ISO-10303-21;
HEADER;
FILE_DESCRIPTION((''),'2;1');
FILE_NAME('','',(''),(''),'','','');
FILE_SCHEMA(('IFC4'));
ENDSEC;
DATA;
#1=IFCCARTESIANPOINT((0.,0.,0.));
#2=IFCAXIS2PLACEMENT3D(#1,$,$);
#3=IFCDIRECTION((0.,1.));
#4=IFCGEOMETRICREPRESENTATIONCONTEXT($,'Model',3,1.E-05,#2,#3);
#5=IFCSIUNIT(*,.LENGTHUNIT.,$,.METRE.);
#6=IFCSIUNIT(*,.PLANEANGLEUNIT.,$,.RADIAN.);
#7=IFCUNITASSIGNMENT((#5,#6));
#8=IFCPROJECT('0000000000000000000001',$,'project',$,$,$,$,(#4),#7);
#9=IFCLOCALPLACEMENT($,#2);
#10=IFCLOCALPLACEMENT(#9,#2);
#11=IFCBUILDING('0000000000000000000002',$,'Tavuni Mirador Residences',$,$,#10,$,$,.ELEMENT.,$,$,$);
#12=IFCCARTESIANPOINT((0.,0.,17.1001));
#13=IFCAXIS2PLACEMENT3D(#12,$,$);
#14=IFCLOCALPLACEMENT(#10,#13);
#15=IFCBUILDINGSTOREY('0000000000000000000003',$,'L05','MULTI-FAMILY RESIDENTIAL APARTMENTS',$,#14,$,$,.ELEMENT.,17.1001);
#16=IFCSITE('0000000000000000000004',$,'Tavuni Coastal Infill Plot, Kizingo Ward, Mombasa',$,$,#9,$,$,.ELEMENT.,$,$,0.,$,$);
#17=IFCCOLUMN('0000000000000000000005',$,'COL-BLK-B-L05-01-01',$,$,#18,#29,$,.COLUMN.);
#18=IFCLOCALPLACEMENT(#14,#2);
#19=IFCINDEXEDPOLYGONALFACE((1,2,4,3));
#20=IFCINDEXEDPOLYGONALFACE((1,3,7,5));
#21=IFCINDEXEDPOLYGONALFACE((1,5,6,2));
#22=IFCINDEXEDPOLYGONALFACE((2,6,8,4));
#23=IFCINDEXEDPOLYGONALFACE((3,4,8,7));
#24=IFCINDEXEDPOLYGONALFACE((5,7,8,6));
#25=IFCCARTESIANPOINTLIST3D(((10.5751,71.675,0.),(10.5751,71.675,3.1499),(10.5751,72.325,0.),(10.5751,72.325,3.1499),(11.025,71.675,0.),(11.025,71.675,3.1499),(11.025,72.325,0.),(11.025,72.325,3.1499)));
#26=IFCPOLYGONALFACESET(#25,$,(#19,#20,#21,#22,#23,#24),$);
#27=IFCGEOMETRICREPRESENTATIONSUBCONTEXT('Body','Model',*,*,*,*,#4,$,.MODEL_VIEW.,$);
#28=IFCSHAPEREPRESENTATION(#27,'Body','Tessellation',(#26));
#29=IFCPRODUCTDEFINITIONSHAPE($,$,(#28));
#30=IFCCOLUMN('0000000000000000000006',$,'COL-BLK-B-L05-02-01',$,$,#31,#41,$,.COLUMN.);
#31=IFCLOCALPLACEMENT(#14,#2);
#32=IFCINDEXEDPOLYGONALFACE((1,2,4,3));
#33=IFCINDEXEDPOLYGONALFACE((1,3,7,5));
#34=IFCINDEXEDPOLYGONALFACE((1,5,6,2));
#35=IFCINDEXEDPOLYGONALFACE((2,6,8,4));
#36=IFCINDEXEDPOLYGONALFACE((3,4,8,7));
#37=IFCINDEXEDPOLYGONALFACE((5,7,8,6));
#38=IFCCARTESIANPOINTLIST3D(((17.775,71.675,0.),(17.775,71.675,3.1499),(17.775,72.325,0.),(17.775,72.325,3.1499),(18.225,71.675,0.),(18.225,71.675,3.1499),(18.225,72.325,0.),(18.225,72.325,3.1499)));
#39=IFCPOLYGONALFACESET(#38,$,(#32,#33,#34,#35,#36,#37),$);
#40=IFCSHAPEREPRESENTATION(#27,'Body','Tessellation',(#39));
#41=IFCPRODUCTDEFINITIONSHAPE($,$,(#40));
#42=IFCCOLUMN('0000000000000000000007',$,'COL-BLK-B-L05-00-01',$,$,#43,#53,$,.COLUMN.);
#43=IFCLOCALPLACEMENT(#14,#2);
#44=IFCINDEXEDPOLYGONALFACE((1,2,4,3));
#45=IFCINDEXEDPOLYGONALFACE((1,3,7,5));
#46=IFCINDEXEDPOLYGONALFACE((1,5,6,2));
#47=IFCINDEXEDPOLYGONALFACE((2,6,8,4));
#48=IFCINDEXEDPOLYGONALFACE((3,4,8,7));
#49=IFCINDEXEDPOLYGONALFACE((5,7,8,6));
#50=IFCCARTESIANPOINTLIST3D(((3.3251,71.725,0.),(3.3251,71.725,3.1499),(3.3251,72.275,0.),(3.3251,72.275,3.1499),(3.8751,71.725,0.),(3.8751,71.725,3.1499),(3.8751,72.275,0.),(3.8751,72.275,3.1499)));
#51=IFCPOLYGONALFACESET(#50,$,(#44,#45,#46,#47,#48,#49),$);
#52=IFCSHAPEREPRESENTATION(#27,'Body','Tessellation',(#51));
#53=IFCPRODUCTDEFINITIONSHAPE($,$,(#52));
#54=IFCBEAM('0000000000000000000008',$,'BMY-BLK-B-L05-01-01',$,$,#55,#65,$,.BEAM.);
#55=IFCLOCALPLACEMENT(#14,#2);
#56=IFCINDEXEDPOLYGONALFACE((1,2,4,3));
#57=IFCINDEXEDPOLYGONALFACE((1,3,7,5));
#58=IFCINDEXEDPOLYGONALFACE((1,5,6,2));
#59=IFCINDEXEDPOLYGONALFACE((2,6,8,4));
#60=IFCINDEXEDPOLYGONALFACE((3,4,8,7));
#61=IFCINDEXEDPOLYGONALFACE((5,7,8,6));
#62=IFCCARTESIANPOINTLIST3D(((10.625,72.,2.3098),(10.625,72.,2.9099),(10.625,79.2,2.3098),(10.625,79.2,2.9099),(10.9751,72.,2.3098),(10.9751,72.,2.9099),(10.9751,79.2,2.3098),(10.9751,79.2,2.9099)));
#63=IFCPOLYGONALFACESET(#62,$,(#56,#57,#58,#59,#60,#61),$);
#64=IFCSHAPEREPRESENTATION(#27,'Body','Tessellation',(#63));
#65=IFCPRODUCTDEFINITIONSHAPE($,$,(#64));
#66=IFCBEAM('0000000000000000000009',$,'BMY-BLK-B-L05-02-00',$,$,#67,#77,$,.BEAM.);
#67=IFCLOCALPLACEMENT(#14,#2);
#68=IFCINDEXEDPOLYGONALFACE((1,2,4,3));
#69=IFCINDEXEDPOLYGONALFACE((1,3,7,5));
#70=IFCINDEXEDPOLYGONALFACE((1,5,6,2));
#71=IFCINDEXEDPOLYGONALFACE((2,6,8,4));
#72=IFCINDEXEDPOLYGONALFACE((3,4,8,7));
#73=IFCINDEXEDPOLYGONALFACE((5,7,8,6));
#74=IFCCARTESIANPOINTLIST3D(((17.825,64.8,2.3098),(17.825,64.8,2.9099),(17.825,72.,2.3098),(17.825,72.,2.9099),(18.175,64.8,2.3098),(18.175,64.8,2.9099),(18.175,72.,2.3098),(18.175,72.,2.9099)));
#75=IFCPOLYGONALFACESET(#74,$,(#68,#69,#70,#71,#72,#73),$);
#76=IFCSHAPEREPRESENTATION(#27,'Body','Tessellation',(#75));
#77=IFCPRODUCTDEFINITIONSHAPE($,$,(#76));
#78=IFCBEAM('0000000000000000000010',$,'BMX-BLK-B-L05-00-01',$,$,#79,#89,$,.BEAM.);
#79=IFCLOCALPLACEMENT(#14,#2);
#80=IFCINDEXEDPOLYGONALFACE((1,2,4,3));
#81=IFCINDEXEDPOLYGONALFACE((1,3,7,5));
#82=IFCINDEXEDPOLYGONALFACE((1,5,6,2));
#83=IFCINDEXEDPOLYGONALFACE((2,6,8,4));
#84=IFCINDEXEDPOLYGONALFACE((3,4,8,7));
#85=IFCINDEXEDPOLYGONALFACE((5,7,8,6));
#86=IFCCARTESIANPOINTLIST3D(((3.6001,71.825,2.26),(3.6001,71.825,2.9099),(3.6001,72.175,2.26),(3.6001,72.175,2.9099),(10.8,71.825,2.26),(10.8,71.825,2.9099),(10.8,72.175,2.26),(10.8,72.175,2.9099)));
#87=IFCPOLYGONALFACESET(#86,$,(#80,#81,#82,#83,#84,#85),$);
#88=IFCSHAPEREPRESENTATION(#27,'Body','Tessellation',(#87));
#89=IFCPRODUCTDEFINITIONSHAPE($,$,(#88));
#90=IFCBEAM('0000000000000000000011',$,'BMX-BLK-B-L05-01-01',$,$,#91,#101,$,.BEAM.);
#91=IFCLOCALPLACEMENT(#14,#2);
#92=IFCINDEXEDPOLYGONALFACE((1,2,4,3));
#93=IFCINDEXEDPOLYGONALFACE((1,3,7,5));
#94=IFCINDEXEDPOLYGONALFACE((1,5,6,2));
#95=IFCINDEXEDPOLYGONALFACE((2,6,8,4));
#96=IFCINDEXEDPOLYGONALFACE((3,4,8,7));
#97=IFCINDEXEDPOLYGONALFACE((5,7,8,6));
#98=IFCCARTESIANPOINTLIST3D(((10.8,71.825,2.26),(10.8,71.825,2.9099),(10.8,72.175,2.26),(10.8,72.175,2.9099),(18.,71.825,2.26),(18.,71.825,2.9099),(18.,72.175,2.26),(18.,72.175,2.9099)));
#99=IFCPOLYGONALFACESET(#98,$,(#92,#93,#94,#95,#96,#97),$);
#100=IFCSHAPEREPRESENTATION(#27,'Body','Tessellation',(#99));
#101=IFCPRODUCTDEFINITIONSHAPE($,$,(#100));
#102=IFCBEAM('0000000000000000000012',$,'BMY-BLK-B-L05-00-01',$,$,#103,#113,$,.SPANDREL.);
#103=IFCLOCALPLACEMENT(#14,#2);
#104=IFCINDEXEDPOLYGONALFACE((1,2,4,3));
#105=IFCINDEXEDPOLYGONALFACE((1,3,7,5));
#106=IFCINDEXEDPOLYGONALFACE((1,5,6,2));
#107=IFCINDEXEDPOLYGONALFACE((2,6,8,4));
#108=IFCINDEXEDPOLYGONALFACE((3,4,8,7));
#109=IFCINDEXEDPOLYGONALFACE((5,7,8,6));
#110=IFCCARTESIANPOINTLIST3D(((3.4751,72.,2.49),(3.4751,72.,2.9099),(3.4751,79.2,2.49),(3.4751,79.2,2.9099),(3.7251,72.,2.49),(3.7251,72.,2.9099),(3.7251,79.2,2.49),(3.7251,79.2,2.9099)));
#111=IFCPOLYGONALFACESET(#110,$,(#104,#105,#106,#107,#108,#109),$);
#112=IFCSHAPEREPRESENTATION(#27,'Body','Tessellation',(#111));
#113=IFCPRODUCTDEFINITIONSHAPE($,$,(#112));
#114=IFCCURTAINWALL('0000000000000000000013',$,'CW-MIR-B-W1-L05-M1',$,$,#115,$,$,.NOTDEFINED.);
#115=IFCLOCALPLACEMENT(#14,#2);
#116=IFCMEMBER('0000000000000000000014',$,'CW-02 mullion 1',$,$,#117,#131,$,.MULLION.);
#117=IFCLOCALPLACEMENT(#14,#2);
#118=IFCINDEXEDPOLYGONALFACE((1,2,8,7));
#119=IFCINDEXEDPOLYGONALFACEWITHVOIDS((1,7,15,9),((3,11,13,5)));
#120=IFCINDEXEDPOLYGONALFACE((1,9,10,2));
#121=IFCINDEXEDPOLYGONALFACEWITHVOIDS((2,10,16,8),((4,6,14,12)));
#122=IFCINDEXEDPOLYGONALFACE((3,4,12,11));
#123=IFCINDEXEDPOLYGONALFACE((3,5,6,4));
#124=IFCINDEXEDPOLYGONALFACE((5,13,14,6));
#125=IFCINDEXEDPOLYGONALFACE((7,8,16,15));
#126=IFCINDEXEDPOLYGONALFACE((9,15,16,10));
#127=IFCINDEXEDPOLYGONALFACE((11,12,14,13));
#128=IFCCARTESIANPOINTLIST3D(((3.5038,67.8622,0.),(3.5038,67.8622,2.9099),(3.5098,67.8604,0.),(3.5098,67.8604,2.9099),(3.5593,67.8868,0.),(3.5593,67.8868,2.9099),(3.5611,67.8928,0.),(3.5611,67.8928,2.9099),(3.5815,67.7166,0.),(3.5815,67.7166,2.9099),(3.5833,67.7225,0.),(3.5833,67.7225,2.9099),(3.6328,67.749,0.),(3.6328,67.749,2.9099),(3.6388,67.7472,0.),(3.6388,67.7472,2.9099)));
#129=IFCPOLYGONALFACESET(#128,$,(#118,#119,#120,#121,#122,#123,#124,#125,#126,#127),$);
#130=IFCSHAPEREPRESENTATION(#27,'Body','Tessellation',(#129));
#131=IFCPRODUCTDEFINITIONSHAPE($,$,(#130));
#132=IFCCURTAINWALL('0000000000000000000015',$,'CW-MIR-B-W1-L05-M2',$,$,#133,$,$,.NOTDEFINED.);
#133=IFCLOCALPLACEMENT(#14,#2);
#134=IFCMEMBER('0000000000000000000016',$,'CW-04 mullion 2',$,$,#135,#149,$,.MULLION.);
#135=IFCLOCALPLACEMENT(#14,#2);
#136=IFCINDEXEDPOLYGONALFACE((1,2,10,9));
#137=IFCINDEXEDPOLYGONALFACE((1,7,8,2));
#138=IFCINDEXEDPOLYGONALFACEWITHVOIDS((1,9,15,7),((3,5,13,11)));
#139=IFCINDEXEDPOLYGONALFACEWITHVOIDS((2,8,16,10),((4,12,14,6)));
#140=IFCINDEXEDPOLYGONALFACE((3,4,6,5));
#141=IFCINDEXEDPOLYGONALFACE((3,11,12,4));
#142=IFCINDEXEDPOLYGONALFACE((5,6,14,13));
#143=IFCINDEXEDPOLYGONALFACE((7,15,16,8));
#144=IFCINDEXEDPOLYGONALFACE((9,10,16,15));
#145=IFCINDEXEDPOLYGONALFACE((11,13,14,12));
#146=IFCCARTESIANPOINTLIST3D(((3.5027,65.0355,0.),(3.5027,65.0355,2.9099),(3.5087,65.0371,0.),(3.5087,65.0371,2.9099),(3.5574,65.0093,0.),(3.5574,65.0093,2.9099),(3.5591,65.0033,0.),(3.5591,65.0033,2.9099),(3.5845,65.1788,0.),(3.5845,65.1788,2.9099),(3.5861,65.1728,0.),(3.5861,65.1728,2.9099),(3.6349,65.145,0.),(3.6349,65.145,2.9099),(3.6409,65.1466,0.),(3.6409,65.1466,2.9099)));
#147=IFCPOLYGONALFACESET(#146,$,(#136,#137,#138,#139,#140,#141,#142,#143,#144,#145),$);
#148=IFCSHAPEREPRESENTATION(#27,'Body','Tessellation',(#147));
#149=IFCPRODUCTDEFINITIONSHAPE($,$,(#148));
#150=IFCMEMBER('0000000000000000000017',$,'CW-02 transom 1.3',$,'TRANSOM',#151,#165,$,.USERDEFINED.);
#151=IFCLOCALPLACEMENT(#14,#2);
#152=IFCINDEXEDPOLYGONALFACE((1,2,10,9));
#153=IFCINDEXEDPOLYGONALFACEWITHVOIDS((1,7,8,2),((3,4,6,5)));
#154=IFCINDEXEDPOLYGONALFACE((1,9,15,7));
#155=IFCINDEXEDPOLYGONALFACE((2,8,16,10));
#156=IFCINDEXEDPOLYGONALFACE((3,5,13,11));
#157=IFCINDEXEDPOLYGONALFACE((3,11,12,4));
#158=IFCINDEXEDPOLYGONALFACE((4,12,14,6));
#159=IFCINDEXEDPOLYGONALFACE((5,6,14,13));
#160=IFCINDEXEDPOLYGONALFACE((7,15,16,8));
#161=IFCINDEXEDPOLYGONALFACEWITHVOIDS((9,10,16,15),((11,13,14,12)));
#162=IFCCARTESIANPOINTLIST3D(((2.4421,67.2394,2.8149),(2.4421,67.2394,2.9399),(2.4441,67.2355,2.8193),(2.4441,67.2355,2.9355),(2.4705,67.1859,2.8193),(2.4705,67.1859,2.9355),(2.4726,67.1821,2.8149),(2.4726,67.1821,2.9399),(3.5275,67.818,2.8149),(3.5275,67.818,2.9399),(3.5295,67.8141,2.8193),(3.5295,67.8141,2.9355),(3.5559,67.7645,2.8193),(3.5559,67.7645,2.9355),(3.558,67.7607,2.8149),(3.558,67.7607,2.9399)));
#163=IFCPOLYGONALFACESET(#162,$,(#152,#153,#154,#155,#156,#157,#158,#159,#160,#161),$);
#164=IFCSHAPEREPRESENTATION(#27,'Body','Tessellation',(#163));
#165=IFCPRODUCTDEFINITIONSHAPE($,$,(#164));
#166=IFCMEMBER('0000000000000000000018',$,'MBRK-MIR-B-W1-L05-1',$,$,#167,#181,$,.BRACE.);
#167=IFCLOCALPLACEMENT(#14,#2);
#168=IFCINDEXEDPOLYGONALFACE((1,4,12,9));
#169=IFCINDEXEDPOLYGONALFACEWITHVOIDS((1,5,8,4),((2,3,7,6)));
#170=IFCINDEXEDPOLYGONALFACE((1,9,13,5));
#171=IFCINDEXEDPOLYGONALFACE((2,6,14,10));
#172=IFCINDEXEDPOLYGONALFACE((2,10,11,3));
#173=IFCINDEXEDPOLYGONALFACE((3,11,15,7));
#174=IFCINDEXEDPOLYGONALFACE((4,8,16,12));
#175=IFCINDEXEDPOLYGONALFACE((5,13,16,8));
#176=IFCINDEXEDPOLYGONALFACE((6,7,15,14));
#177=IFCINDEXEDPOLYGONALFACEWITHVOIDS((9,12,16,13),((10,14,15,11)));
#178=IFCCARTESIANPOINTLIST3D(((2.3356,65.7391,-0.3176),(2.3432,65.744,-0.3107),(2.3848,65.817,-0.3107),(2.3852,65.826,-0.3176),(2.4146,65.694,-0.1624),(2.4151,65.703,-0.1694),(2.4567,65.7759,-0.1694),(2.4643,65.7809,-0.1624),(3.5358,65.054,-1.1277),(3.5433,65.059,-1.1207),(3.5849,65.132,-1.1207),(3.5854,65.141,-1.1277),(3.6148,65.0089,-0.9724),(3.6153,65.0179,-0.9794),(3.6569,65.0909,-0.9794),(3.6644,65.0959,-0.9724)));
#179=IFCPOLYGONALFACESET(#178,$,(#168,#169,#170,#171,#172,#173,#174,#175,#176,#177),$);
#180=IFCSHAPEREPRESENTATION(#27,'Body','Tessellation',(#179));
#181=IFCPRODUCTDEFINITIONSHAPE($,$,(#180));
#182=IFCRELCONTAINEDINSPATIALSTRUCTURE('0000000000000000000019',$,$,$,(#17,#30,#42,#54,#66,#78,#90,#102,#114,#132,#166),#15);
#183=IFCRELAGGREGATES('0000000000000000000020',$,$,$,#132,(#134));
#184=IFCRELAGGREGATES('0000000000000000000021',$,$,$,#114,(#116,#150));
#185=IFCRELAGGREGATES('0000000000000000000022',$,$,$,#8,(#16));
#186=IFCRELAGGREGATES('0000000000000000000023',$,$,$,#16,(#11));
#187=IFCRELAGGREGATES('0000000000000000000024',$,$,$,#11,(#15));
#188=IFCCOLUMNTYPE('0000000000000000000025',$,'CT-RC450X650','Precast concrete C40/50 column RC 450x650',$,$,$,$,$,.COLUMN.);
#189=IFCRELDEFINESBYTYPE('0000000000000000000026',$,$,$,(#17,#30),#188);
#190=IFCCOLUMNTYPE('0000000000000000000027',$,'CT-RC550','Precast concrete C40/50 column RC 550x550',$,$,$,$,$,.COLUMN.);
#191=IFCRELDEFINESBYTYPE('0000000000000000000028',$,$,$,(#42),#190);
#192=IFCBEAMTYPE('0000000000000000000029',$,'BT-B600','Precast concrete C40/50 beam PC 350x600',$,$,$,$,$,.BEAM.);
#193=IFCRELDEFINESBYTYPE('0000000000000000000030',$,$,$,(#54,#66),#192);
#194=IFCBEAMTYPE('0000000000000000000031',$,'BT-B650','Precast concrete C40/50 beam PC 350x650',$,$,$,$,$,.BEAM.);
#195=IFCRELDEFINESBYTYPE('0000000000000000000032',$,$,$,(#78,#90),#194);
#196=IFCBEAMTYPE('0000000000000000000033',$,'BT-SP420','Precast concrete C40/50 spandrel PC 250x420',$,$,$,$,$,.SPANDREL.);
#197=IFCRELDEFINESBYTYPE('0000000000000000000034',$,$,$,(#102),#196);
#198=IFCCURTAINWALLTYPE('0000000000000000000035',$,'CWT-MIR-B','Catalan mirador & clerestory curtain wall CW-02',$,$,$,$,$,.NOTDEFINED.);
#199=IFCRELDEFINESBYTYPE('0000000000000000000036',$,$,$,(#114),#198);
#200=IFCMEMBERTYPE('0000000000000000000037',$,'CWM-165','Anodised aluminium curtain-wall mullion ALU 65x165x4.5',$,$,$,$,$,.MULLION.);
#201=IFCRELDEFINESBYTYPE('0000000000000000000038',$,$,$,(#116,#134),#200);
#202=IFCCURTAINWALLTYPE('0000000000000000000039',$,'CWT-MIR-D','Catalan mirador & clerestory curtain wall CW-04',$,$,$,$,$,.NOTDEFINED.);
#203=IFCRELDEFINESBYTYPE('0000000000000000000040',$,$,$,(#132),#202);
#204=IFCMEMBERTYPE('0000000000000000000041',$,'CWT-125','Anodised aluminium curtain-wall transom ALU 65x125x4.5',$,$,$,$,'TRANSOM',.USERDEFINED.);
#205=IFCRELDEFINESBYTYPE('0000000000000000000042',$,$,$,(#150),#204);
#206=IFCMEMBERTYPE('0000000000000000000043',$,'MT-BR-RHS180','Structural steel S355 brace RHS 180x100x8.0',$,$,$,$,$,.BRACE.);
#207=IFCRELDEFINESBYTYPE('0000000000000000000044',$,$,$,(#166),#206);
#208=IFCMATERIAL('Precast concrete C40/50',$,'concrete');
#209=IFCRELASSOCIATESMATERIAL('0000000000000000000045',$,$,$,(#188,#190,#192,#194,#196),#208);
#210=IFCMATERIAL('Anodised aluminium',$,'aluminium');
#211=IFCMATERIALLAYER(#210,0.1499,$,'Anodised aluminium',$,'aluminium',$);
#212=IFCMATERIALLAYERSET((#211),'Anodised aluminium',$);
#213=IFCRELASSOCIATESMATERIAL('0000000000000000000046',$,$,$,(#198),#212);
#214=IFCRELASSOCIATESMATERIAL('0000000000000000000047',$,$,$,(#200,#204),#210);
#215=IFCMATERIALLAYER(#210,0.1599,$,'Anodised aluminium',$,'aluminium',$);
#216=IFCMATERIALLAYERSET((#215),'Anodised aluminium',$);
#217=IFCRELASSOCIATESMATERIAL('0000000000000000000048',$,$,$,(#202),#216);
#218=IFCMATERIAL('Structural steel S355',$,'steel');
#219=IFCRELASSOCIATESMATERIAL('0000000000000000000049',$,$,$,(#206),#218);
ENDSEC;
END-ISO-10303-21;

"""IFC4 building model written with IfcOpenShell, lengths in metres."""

from ifc_helpers import new_model, si_unit, direction, frame, origin, origin_2d, place, context, subcontext, project, spatial, rectangle, hollow_rectangle, extrude, material, layer, layer_set, material_profile, profile_set, type_object, element, aggregate, save


model = new_model("IFC4")

# Units and contexts
model_context = context("Model", 3, precision=1e-05, world=origin(), true_north=direction((0.0, 1.0)))
body_context = subcontext(model_context, "Body", "Model", "MODEL_VIEW")
ifc_project = project(units=[si_unit("LENGTHUNIT", "METRE"), si_unit("PLANEANGLEUNIT", "RADIAN")], contexts=[model_context])

# Site, building, storey
site_placement = place(None, origin())
site = spatial("IfcSite", under=ifc_project, at=site_placement, Name="Tavuni Coastal Infill Plot, Kizingo Ward, Mombasa", CompositionType="ELEMENT", RefElevation=0.0)
building_placement = place(site_placement, origin())
building = spatial("IfcBuilding", under=site, at=building_placement, Name="Tavuni Mirador Residences", CompositionType="ELEMENT")
storey_placement = place(building_placement, frame((0.0, 0.0, 17.1001)))
storey = spatial("IfcBuildingStorey", under=building, at=storey_placement, Name="L05", Description="MULTI-FAMILY RESIDENTIAL APARTMENTS", CompositionType="ELEMENT", Elevation=17.1001)

# Columns
ifc_material_1 = material(Name="Precast concrete C40/50", Category="concrete")
ifc_material_profile_1 = material_profile(ifc_material_1, rectangle(XDim=0.45, YDim=0.6499, at=origin_2d()), Name="RC 450x650", Category="concrete")
ifc_profile_set_1 = profile_set([ifc_material_profile_1], Name="Precast concrete C40/50")
column_type_1 = type_object("IfcColumnType", Name="CT-RC450X650", Description="Precast concrete C40/50 column RC 450x650", PredefinedType="COLUMN", material=ifc_profile_set_1)
for number, where, z_axis, x_axis, name in (
    (1, (10.8, 72.0, 0.0), (0.0, 0.0, 1.0), (1.0, 0.0, 0.0), "COL-BLK-B-L05-01-01"),
    (2, (18.0, 72.0, 0.0), (0.0, 0.0, 1.0), (1.0, 0.0, 0.0), "COL-BLK-B-L05-02-01"),
):
    element("IfcColumn", number, at=place(storey_placement, frame(where, z_axis=z_axis, x_axis=x_axis)), inside=storey, type_object=column_type_1, Name=name, PredefinedType="COLUMN", context=body_context, shape_type="SweptSolid", body=[
        extrude(rectangle(XDim=0.45, YDim=0.6499, at=origin_2d()), origin(), (0.0, 0.0, 1.0), 3.1499),
    ])
ifc_material_profile_2 = material_profile(ifc_material_1, rectangle(XDim=0.55, YDim=0.55, at=origin_2d()), Name="RC 550x550", Category="concrete")
ifc_profile_set_2 = profile_set([ifc_material_profile_2], Name="Precast concrete C40/50")
column_type_2 = type_object("IfcColumnType", Name="CT-RC550", Description="Precast concrete C40/50 column RC 550x550", PredefinedType="COLUMN", material=ifc_profile_set_2)
column_placement = place(storey_placement, frame((3.6001, 72.0, 0.0), z_axis=(0.0, 0.0, 1.0), x_axis=(1.0, 0.0, 0.0)))
element("IfcColumn", 3, at=column_placement, inside=storey, type_object=column_type_2, Name="COL-BLK-B-L05-00-01", PredefinedType="COLUMN", context=body_context, shape_type="SweptSolid", body=[
    extrude(rectangle(XDim=0.55, YDim=0.55, at=origin_2d()), origin(), (0.0, 0.0, 1.0), 3.1499),
])

# Beams
ifc_material_profile_3 = material_profile(ifc_material_1, rectangle(XDim=0.3501, YDim=0.6001, at=origin_2d()), Name="PC 350x600", Category="concrete")
ifc_profile_set_3 = profile_set([ifc_material_profile_3], Name="Precast concrete C40/50")
beam_type_1 = type_object("IfcBeamType", Name="BT-B600", Description="Precast concrete C40/50 beam PC 350x600", PredefinedType="BEAM", material=ifc_profile_set_3)
for number, where, z_axis, x_axis, name in (
    (4, (10.8, 72.0, 2.6099), (0.0, 1.0, 0.0), (-1.0, 0.0, 0.0), "BMY-BLK-B-L05-01-01"),
    (5, (18.0, 64.8, 2.6099), (0.0, 1.0, 0.0), (-1.0, 0.0, 0.0), "BMY-BLK-B-L05-02-00"),
):
    element("IfcBeam", number, at=place(storey_placement, frame(where, z_axis=z_axis, x_axis=x_axis)), inside=storey, type_object=beam_type_1, Name=name, PredefinedType="BEAM", context=body_context, shape_type="SweptSolid", body=[
        extrude(rectangle(XDim=0.3501, YDim=0.6001, at=origin_2d()), origin(), (0.0, 0.0, 1.0), 7.2),
    ])
ifc_material_profile_4 = material_profile(ifc_material_1, rectangle(XDim=0.3501, YDim=0.6499, at=origin_2d()), Name="PC 350x650", Category="concrete")
ifc_profile_set_4 = profile_set([ifc_material_profile_4], Name="Precast concrete C40/50")
beam_type_2 = type_object("IfcBeamType", Name="BT-B650", Description="Precast concrete C40/50 beam PC 350x650", PredefinedType="BEAM", material=ifc_profile_set_4)
for number, where, z_axis, x_axis, name in (
    (6, (3.6001, 72.0, 2.585), (1.0, 0.0, 0.0), (0.0, 1.0, 0.0), "BMX-BLK-B-L05-00-01"),
    (7, (10.8, 72.0, 2.585), (1.0, 0.0, 0.0), (0.0, 1.0, 0.0), "BMX-BLK-B-L05-01-01"),
):
    element("IfcBeam", number, at=place(storey_placement, frame(where, z_axis=z_axis, x_axis=x_axis)), inside=storey, type_object=beam_type_2, Name=name, PredefinedType="BEAM", context=body_context, shape_type="SweptSolid", body=[
        extrude(rectangle(XDim=0.3501, YDim=0.6499, at=origin_2d()), origin(), (0.0, 0.0, 1.0), 7.2),
    ])
ifc_material_profile_5 = material_profile(ifc_material_1, rectangle(XDim=0.25, YDim=0.4199, at=origin_2d()), Name="PC 250x420", Category="concrete")
ifc_profile_set_5 = profile_set([ifc_material_profile_5], Name="Precast concrete C40/50")
beam_type_3 = type_object("IfcBeamType", Name="BT-SP420", Description="Precast concrete C40/50 spandrel PC 250x420", PredefinedType="SPANDREL", material=ifc_profile_set_5)
beam_placement = place(storey_placement, frame((3.6001, 72.0, 2.7), z_axis=(0.0, 1.0, 0.0), x_axis=(-1.0, 0.0, 0.0)))
element("IfcBeam", 8, at=beam_placement, inside=storey, type_object=beam_type_3, Name="BMY-BLK-B-L05-00-01", PredefinedType="SPANDREL", context=body_context, shape_type="SweptSolid", body=[
    extrude(rectangle(XDim=0.25, YDim=0.4199, at=origin_2d()), origin(), (0.0, 0.0, 1.0), 7.2),
])

# Curtain walls, members
ifc_material_2 = material(Name="Anodised aluminium", Category="aluminium")
ifc_layer_1 = layer(ifc_material_2, 0.1499, Name="Anodised aluminium", Category="aluminium")
ifc_layer_set_1 = layer_set([ifc_layer_1], Name="Anodised aluminium")
curtain_wall_type_1 = type_object("IfcCurtainWallType", Name="CWT-MIR-B", Description="Catalan mirador & clerestory curtain wall CW-02", PredefinedType="NOTDEFINED", material=ifc_layer_set_1)
curtain_wall_1_placement = place(storey_placement, origin())
curtain_wall_1 = element("IfcCurtainWall", 9, at=curtain_wall_1_placement, inside=storey, type_object=curtain_wall_type_1, Name="CW-MIR-B-W1-L05-M1", PredefinedType="NOTDEFINED")
ifc_material_profile_6 = material_profile(ifc_material_2, hollow_rectangle(XDim=0.0649, YDim=0.165, WallThickness=0.0044, at=origin_2d()), Name="ALU 65x165x4.5", Category="aluminium")
ifc_profile_set_6 = profile_set([ifc_material_profile_6], Name="Anodised aluminium")
member_type_1 = type_object("IfcMemberType", Name="CWM-165", Description="Anodised aluminium curtain-wall mullion ALU 65x165x4.5", PredefinedType="MULLION", material=ifc_profile_set_6)
member_1_placement = place(storey_placement, frame((3.5713, 67.8047, 0.0), z_axis=(0.0, 0.0, 1.0), x_axis=(-0.882353, -0.470588, 0.0)))
member_1 = element("IfcMember", 10, at=member_1_placement, type_object=member_type_1, Name="CW-02 mullion 1", PredefinedType="MULLION", context=body_context, shape_type="SweptSolid", body=[
    extrude(hollow_rectangle(XDim=0.0649, YDim=0.165, WallThickness=0.0044, at=origin_2d()), origin(), (0.0, 0.0, 1.0), 2.9099),
])
ifc_layer_2 = layer(ifc_material_2, 0.1599, Name="Anodised aluminium", Category="aluminium")
ifc_layer_set_2 = layer_set([ifc_layer_2], Name="Anodised aluminium")
curtain_wall_type_2 = type_object("IfcCurtainWallType", Name="CWT-MIR-D", Description="Catalan mirador & clerestory curtain wall CW-04", PredefinedType="NOTDEFINED", material=ifc_layer_set_2)
curtain_wall_2_placement = place(storey_placement, origin())
curtain_wall_2 = element("IfcCurtainWall", 11, at=curtain_wall_2_placement, inside=storey, type_object=curtain_wall_type_2, Name="CW-MIR-B-W1-L05-M2", PredefinedType="NOTDEFINED")
member_2_placement = place(storey_placement, frame((3.5718, 65.0911, 0.0), z_axis=(0.0, 0.0, 1.0), x_axis=(0.868466, -0.495749, 0.0)))
member_2 = element("IfcMember", 12, at=member_2_placement, type_object=member_type_1, Name="CW-04 mullion 2", PredefinedType="MULLION", context=body_context, shape_type="SweptSolid", body=[
    extrude(hollow_rectangle(XDim=0.0649, YDim=0.165, WallThickness=0.0044, at=origin_2d()), origin(), (0.0, 0.0, 1.0), 2.9099),
])
aggregate(curtain_wall_2, [member_2])

# Member
ifc_material_profile_7 = material_profile(ifc_material_2, hollow_rectangle(XDim=0.0649, YDim=0.125, WallThickness=0.0044, at=origin_2d()), Name="ALU 65x125x4.5", Category="aluminium")
ifc_profile_set_7 = profile_set([ifc_material_profile_7], Name="Anodised aluminium")
member_type_2 = type_object("IfcMemberType", Name="CWT-125", Description="Anodised aluminium curtain-wall transom ALU 65x125x4.5", ElementType="TRANSOM", PredefinedType="USERDEFINED", material=ifc_profile_set_7)
member_3_placement = place(storey_placement, frame((3.5427, 67.7893, 2.8774), z_axis=(-0.882452, -0.470403, 0.0), x_axis=(0.470403, -0.882452, 0.0)))
member_3 = element("IfcMember", 13, at=member_3_placement, type_object=member_type_2, Name="CW-02 transom 1.3", ObjectType="TRANSOM", PredefinedType="USERDEFINED", context=body_context, shape_type="SweptSolid", body=[
    extrude(hollow_rectangle(XDim=0.0649, YDim=0.125, WallThickness=0.0044, at=origin_2d()), origin(), (0.0, 0.0, 1.0), 1.23),
])
aggregate(curtain_wall_1, [member_1, member_3])

# Member
ifc_material_3 = material(Name="Structural steel S355", Category="steel")
ifc_material_profile_8 = material_profile(ifc_material_3, hollow_rectangle(XDim=0.1001, YDim=0.1799, WallThickness=0.0081, at=origin_2d()), Name="RHS 180x100x8.0", Category="steel")
ifc_profile_set_8 = profile_set([ifc_material_profile_8], Name="Structural steel S355")
member_type_3 = type_object("IfcMemberType", Name="MT-BR-RHS180", Description="Structural steel S355 brace RHS 180x100x8.0", PredefinedType="BRACE", material=ifc_profile_set_8)
member_4_placement = place(storey_placement, frame((3.6001, 65.075, -1.05), z_axis=(-0.749249, 0.427663, 0.505697), x_axis=(-0.49572, -0.868482, 0.0)))
element("IfcMember", 14, at=member_4_placement, inside=storey, type_object=member_type_3, Name="MBRK-MIR-B-W1-L05-1", PredefinedType="BRACE", context=body_context, shape_type="SweptSolid", body=[
    extrude(hollow_rectangle(XDim=0.1001, YDim=0.1799, WallThickness=0.0081, at=origin_2d()), origin(), (0.0, 0.0, 1.0), 1.6018),
])

save(model, "model.ifc")
